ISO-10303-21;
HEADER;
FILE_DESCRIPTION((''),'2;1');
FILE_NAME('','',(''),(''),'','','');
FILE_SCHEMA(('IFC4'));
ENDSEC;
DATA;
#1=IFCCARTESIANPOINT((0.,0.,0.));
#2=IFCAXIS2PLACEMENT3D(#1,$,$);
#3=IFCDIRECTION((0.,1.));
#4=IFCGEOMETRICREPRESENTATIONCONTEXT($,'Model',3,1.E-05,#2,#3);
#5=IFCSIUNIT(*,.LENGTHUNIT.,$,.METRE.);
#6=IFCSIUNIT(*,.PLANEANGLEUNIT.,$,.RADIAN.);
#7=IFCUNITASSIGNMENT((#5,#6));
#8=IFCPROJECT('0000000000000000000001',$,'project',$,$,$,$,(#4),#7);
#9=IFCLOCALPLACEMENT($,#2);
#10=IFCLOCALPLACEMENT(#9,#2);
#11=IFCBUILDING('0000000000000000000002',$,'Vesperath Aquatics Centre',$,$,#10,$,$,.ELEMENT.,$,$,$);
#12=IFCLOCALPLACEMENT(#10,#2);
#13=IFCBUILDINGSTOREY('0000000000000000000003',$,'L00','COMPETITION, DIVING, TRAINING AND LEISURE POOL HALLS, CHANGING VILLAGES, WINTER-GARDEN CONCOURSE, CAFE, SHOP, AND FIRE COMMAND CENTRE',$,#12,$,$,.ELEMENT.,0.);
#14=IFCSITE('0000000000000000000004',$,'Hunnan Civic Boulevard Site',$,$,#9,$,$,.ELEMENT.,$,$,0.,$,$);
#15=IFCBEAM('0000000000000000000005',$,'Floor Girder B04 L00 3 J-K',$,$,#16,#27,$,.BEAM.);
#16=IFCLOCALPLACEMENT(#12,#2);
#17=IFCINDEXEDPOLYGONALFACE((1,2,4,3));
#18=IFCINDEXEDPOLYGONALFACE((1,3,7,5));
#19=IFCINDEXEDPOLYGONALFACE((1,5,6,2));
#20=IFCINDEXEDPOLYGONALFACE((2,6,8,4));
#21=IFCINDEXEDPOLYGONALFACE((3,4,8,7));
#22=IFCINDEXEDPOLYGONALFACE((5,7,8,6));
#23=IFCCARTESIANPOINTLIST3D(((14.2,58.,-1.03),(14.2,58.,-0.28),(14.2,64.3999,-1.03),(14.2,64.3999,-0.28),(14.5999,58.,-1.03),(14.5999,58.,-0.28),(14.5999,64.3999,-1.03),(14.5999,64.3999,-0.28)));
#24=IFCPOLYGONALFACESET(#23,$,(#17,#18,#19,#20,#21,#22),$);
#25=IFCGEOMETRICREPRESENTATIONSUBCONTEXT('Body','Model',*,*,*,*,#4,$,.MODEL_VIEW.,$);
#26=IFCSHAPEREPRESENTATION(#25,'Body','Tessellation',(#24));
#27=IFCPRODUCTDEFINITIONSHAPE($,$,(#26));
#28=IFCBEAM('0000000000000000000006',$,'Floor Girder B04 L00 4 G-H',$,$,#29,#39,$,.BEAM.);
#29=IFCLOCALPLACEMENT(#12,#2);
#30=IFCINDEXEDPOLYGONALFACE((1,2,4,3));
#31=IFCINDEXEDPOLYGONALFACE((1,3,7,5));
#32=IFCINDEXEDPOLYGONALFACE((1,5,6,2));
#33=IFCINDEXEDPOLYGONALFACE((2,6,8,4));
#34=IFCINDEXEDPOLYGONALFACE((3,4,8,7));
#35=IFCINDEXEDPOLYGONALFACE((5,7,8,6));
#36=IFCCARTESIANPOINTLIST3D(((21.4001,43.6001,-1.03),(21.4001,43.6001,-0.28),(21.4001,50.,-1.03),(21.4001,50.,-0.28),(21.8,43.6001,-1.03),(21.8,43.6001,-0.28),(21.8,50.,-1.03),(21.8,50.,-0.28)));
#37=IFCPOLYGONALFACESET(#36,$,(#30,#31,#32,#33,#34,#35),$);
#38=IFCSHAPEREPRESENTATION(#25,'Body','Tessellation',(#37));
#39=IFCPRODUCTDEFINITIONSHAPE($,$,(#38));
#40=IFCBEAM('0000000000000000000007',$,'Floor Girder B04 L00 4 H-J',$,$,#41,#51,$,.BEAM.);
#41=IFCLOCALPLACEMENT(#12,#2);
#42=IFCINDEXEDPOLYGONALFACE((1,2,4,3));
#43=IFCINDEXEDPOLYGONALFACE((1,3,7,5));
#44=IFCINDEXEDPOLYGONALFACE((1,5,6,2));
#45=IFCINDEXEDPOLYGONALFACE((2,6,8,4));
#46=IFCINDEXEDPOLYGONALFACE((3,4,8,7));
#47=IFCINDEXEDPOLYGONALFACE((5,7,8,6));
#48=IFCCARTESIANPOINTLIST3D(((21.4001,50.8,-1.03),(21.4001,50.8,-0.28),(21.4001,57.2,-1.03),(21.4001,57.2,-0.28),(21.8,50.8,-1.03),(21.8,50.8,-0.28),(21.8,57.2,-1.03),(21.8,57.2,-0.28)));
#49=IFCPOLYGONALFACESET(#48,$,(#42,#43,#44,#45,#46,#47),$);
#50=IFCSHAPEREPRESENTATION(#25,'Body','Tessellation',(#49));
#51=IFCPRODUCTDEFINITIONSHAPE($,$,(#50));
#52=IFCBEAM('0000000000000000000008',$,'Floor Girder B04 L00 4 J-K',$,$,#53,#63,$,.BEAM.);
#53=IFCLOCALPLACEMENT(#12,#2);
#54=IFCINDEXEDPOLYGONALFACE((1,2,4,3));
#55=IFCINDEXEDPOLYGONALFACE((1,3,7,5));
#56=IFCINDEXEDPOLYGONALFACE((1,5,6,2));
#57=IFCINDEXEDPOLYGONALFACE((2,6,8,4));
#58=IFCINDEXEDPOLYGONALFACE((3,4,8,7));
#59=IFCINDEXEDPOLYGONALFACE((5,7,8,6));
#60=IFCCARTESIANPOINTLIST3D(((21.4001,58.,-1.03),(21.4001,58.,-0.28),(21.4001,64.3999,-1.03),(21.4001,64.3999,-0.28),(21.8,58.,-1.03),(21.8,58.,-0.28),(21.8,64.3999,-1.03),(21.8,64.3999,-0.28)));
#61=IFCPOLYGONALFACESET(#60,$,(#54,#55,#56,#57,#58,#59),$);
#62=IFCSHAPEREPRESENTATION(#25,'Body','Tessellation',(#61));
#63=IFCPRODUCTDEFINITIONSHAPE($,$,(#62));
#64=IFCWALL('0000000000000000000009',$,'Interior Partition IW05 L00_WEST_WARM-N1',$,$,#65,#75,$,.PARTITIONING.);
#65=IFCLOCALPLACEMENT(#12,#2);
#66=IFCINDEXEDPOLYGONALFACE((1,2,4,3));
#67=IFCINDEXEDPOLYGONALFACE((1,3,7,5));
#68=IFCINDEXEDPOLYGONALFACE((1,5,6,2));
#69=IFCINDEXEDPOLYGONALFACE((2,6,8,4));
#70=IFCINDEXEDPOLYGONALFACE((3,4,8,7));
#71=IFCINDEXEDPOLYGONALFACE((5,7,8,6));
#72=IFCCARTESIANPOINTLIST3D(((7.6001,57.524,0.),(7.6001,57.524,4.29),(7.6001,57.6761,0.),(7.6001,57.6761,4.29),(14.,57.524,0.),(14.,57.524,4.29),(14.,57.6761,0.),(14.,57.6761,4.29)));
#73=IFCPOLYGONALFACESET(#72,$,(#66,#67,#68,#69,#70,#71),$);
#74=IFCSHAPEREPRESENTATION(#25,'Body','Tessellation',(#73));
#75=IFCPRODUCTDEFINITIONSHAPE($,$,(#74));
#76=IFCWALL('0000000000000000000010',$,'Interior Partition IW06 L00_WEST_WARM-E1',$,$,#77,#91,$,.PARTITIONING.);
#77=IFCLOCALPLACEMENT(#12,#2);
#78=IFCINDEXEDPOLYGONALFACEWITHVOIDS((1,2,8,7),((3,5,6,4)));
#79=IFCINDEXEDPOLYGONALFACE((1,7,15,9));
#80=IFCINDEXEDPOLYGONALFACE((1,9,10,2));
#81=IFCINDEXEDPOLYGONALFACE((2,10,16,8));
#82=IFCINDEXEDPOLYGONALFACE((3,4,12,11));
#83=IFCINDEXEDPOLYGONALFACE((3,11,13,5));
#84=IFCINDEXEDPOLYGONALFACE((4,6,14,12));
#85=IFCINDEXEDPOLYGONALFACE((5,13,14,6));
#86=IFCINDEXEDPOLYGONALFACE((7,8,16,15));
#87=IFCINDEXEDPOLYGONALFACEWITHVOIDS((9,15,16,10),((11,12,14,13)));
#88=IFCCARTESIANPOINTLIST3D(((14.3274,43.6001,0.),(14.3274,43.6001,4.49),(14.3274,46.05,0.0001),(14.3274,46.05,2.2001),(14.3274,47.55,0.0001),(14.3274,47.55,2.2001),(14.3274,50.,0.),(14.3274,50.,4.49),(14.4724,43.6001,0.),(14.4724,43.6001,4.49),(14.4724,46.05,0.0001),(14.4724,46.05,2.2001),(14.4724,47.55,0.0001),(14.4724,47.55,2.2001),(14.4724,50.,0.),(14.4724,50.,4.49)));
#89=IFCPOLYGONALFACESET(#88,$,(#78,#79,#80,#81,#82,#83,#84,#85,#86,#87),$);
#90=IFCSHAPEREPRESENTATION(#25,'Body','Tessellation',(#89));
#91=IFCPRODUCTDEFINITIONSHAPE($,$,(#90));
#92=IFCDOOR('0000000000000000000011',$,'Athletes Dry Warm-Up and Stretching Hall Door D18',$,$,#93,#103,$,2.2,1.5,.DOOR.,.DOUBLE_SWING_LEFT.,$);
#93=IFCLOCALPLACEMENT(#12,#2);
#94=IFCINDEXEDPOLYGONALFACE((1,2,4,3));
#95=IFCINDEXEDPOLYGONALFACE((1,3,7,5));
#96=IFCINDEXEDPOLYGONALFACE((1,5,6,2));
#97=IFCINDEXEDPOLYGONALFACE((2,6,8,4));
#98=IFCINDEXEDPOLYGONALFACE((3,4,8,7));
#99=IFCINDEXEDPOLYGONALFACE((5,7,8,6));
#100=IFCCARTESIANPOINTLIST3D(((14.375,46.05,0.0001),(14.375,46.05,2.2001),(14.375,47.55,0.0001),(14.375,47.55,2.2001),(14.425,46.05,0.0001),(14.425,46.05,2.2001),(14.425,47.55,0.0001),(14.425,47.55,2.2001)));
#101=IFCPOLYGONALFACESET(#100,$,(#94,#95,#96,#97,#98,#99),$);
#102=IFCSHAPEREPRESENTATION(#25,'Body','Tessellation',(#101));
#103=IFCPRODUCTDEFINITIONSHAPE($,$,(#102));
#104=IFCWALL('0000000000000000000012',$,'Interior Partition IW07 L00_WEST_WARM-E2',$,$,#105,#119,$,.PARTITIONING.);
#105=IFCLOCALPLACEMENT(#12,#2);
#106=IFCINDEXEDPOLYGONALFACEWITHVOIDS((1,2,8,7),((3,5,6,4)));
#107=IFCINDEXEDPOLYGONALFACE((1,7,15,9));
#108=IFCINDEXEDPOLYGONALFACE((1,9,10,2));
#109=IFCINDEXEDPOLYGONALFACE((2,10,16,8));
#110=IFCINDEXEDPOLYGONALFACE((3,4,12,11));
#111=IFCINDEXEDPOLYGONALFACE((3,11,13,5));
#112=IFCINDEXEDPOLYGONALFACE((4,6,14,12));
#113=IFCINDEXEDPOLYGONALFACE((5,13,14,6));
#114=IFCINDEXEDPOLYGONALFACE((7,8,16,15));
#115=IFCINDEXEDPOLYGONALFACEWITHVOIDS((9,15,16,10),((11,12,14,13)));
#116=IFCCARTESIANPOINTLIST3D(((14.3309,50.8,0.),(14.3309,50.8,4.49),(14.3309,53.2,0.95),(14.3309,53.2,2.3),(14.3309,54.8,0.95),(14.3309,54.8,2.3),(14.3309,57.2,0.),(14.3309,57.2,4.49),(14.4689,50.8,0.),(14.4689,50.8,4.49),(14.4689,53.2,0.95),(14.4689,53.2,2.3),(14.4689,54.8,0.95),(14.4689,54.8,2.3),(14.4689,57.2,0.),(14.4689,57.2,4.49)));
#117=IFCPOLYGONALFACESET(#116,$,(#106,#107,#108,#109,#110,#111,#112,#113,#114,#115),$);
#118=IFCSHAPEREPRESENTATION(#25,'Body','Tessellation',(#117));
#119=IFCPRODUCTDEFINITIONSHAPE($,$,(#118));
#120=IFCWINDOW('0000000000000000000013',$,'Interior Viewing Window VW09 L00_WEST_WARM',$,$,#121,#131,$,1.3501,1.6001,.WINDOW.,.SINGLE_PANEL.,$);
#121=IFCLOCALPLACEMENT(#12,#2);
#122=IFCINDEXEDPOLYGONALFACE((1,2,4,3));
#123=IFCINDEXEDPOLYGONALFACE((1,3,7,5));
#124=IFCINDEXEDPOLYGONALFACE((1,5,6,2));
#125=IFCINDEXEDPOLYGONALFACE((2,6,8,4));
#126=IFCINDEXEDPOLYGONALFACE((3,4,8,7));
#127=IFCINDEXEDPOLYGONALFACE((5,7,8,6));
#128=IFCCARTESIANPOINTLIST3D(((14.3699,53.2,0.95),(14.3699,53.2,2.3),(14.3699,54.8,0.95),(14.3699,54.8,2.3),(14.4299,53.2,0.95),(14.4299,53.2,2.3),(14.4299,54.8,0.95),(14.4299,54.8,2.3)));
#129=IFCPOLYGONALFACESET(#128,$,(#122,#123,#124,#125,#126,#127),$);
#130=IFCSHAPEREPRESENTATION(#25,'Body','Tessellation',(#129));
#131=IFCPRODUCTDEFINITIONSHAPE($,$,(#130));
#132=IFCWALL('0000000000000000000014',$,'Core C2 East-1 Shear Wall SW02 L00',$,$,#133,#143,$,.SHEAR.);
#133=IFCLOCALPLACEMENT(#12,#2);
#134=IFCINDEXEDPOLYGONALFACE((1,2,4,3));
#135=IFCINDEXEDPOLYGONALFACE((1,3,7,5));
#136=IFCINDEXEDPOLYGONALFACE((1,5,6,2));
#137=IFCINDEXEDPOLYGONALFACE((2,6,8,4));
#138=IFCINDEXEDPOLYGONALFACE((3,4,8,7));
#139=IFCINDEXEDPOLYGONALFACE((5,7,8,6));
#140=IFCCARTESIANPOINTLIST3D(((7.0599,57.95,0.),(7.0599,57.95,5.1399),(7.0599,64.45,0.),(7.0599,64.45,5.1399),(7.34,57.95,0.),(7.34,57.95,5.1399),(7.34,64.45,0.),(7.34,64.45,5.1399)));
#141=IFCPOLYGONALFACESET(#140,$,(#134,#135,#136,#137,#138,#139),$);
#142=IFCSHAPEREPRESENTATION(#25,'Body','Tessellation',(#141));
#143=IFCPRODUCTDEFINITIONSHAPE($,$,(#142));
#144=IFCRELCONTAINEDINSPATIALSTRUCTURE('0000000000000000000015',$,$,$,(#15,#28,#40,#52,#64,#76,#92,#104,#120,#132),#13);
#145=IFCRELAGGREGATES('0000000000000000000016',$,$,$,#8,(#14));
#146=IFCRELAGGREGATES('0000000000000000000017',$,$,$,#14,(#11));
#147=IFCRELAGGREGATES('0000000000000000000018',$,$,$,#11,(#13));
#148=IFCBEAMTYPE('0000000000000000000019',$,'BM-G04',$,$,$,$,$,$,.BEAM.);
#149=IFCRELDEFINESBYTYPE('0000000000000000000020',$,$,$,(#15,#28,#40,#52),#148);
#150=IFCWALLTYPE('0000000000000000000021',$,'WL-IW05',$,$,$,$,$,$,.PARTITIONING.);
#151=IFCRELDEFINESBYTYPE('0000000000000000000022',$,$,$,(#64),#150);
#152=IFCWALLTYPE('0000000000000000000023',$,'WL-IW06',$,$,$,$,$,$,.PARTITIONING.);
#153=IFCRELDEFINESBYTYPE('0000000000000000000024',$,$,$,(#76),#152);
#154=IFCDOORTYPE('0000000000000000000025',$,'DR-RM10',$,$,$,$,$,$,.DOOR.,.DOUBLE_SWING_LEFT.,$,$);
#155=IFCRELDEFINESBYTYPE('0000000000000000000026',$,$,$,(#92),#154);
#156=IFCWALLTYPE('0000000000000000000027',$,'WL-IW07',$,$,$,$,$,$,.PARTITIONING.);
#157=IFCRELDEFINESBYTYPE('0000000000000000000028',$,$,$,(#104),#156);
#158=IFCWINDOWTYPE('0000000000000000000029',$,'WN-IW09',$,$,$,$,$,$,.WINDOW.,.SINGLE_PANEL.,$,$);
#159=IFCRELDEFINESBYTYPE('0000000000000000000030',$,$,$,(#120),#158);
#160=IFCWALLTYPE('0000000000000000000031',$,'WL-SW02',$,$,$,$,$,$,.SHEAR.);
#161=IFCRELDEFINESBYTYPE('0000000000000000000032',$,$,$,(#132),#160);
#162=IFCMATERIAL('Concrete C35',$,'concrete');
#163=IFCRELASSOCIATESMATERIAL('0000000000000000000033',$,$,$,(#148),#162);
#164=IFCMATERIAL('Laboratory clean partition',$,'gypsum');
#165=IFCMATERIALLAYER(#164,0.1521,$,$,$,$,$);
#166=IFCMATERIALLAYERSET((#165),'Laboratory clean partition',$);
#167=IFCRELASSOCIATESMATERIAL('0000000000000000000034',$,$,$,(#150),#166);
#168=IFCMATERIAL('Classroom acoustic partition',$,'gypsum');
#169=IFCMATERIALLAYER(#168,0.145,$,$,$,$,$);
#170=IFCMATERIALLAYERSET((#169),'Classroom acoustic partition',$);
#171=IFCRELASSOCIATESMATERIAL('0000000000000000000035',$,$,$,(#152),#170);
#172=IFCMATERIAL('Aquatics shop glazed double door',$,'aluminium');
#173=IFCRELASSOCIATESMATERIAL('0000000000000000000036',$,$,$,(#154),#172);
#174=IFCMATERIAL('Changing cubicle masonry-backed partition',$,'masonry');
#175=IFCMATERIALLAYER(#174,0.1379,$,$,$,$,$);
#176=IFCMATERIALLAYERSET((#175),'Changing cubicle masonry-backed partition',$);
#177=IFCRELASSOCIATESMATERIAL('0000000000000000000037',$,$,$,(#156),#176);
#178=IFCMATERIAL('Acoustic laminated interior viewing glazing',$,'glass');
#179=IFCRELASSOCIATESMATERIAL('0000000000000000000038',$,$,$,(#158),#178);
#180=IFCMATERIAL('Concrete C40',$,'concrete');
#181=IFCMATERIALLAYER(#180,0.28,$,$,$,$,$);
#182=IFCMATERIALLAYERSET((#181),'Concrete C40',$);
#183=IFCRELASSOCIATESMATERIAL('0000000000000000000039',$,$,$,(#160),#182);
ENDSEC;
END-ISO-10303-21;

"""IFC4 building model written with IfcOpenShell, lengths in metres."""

from ifc_helpers import new_model, si_unit, direction, frame, frame_2d, origin, origin_2d, place, context, subcontext, project, spatial, rectangle, extrude, material, layer, layer_set, material_profile, profile_set, type_object, element, fill, save


model = new_model("IFC4")

# Units and contexts
model_context = context("Model", 3, precision=1e-05, world=origin(), true_north=direction((0.0, 1.0)))
body_context = subcontext(model_context, "Body", "Model", "MODEL_VIEW")
ifc_project = project(units=[si_unit("LENGTHUNIT", "METRE"), si_unit("PLANEANGLEUNIT", "RADIAN")], contexts=[model_context])

# Site, building, storey
site_placement = place(None, origin())
site = spatial("IfcSite", under=ifc_project, at=site_placement, Name="Hunnan Civic Boulevard Site", CompositionType="ELEMENT", RefElevation=0.0)
building_placement = place(site_placement, origin())
building = spatial("IfcBuilding", under=site, at=building_placement, Name="Vesperath Aquatics Centre", CompositionType="ELEMENT")
storey_placement = place(building_placement, origin())
storey = spatial("IfcBuildingStorey", under=building, at=storey_placement, Name="L00", Description="COMPETITION, DIVING, TRAINING AND LEISURE POOL HALLS, CHANGING VILLAGES, WINTER-GARDEN CONCOURSE, CAFE, SHOP, AND FIRE COMMAND CENTRE", CompositionType="ELEMENT", Elevation=0.0)

# Shared definitions
ifc_material_1 = material(Name="Concrete C40", Category="concrete")

# Beams
ifc_material_2 = material(Name="Concrete C35", Category="concrete")
ifc_material_profile_1 = material_profile(ifc_material_2, rectangle(XDim=0.3999, YDim=0.75, at=origin_2d()), Name="RC 400x750")
ifc_profile_set_1 = profile_set([ifc_material_profile_1], Name="Concrete C35")
beam_type_1 = type_object("IfcBeamType", Name="BM-G04", PredefinedType="BEAM", material=ifc_profile_set_1)
for number, where, z_axis, x_axis, name in (
    (1, (14.3999, 58.0, -0.655), (0.0, 1.0, 0.0), (-1.0, 0.0, 0.0), "Floor Girder B04 L00 3 J-K"),
    (2, (21.6001, 43.6001, -0.655), (0.0, 1.0, 0.0), (-1.0, 0.0, 0.0), "Floor Girder B04 L00 4 G-H"),
    (3, (21.6001, 50.8, -0.655), (0.0, 1.0, 0.0), (-1.0, 0.0, 0.0), "Floor Girder B04 L00 4 H-J"),
    (4, (21.6001, 58.0, -0.655), (0.0, 1.0, 0.0), (-1.0, 0.0, 0.0), "Floor Girder B04 L00 4 J-K"),
):
    element("IfcBeam", number, at=place(storey_placement, frame(where, z_axis=z_axis, x_axis=x_axis)), inside=storey, type_object=beam_type_1, Name=name, PredefinedType="BEAM", context=body_context, shape_type="SweptSolid", body=[
        extrude(rectangle(XDim=0.3999, YDim=0.75, at=origin_2d()), origin(), (0.0, 0.0, 1.0), 6.3999),
    ])

# Wall
ifc_material_3 = material(Name="Laboratory clean partition", Category="gypsum")
ifc_layer_1 = layer(ifc_material_3, 0.1521)
ifc_layer_set_1 = layer_set([ifc_layer_1], Name="Laboratory clean partition")
wall_type_1 = type_object("IfcWallType", Name="WL-IW05", PredefinedType="PARTITIONING", material=ifc_layer_set_1)
wall_1_placement = place(storey_placement, frame((7.6001, 57.6001, 0.0), z_axis=(0.0, 0.0, 1.0), x_axis=(1.0, 0.0, 0.0)))
element("IfcWall", 5, at=wall_1_placement, inside=storey, type_object=wall_type_1, Name="Interior Partition IW05 L00_WEST_WARM-N1", PredefinedType="PARTITIONING", context=body_context, shape_type="SweptSolid", body=[
    extrude(rectangle(XDim=6.3999, YDim=0.1521, at=frame_2d((3.2, 0.0))), origin(), (0.0, 0.0, 1.0), 4.29),
])

# Wall, opening, door
ifc_material_4 = material(Name="Classroom acoustic partition", Category="gypsum")
ifc_layer_2 = layer(ifc_material_4, 0.145)
ifc_layer_set_2 = layer_set([ifc_layer_2], Name="Classroom acoustic partition")
wall_type_2 = type_object("IfcWallType", Name="WL-IW06", PredefinedType="PARTITIONING", material=ifc_layer_set_2)
wall_2_placement = place(storey_placement, frame((14.3999, 43.6001, 0.0), z_axis=(0.0, 0.0, 1.0), x_axis=(0.0, 1.0, 0.0)))
wall_2 = element("IfcWall", 6, at=wall_2_placement, inside=storey, type_object=wall_type_2, Name="Interior Partition IW06 L00_WEST_WARM-E1", PredefinedType="PARTITIONING", context=body_context, shape_type="SweptSolid", body=[
    extrude(rectangle(XDim=6.3999, YDim=0.145, at=frame_2d((3.2, 0.0))), origin(), (0.0, 0.0, 1.0), 4.49),
])
opening_1_placement = place(wall_2_placement, frame((2.45, 0.0, 0.0)))
opening_1 = element("IfcOpeningElement", 7, at=opening_1_placement, cuts=wall_2, PredefinedType="OPENING", context=body_context, shape_type="SweptSolid", body=[
    extrude(rectangle(XDim=1.5, YDim=2.2, at=frame_2d((0.75, 1.1001))), frame((0.0, 0.0874, 0.0), z_axis=(0.0, -1.0, 0.0), x_axis=(1.0, 0.0, 0.0)), (0.0, 0.0, 1.0), 0.1748),
])
ifc_material_5 = material(Name="Aquatics shop glazed double door", Category="aluminium")
door_type = type_object("IfcDoorType", Name="DR-RM10", OperationType="DOUBLE_SWING_LEFT", PredefinedType="DOOR", material=ifc_material_5)
door_placement = place(opening_1_placement, origin())
door = element("IfcDoor", 8, at=door_placement, inside=storey, type_object=door_type, Name="Athletes Dry Warm-Up and Stretching Hall Door D18", OperationType="DOUBLE_SWING_LEFT", OverallHeight=2.2, OverallWidth=1.5, PredefinedType="DOOR", context=body_context, shape_type="SweptSolid", body=[
    extrude(rectangle(XDim=1.5, YDim=2.2, at=frame_2d((0.75, 1.1001))), frame((0.0, 0.0249, 0.0), z_axis=(0.0, -1.0, 0.0), x_axis=(1.0, 0.0, 0.0)), (0.0, 0.0, 1.0), 0.05),
])
fill(opening_1, door)

# Wall, opening, window
ifc_material_6 = material(Name="Changing cubicle masonry-backed partition", Category="masonry")
ifc_layer_3 = layer(ifc_material_6, 0.1379)
ifc_layer_set_3 = layer_set([ifc_layer_3], Name="Changing cubicle masonry-backed partition")
wall_type_3 = type_object("IfcWallType", Name="WL-IW07", PredefinedType="PARTITIONING", material=ifc_layer_set_3)
wall_3_placement = place(storey_placement, frame((14.3999, 50.8, 0.0), z_axis=(0.0, 0.0, 1.0), x_axis=(0.0, 1.0, 0.0)))
wall_3 = element("IfcWall", 9, at=wall_3_placement, inside=storey, type_object=wall_type_3, Name="Interior Partition IW07 L00_WEST_WARM-E2", PredefinedType="PARTITIONING", context=body_context, shape_type="SweptSolid", body=[
    extrude(rectangle(XDim=6.3999, YDim=0.1379, at=frame_2d((3.2, 0.0))), origin(), (0.0, 0.0, 1.0), 4.49),
])
opening_2_placement = place(wall_3_placement, frame((2.3999, 0.0, 0.95)))
opening_2 = element("IfcOpeningElement", 10, at=opening_2_placement, cuts=wall_3, PredefinedType="OPENING", context=body_context, shape_type="SweptSolid", body=[
    extrude(rectangle(XDim=1.6001, YDim=1.3501, at=frame_2d((0.8, 0.675))), frame((0.0, 0.084, 0.0), z_axis=(0.0, -1.0, 0.0), x_axis=(1.0, 0.0, 0.0)), (0.0, 0.0, 1.0), 0.1677),
])
ifc_material_7 = material(Name="Acoustic laminated interior viewing glazing", Category="glass")
window_type = type_object("IfcWindowType", Name="WN-IW09", PartitioningType="SINGLE_PANEL", PredefinedType="WINDOW", material=ifc_material_7)
window_placement = place(opening_2_placement, origin())
window = element("IfcWindow", 11, at=window_placement, inside=storey, type_object=window_type, Name="Interior Viewing Window VW09 L00_WEST_WARM", OverallHeight=1.3501, OverallWidth=1.6001, PartitioningType="SINGLE_PANEL", PredefinedType="WINDOW", context=body_context, shape_type="SweptSolid", body=[
    extrude(rectangle(XDim=1.6001, YDim=1.3501, at=frame_2d((0.8, 0.675))), frame((0.0, 0.03, 0.0), z_axis=(0.0, -1.0, 0.0), x_axis=(1.0, 0.0, 0.0)), (0.0, 0.0, 1.0), 0.0601),
])
fill(opening_2, window)

# Wall
ifc_layer_4 = layer(ifc_material_1, 0.28)
ifc_layer_set_4 = layer_set([ifc_layer_4], Name="Concrete C40")
wall_type_4 = type_object("IfcWallType", Name="WL-SW02", PredefinedType="SHEAR", material=ifc_layer_set_4)
wall_4_placement = place(storey_placement, frame((7.2, 57.95, 0.0), z_axis=(0.0, 0.0, 1.0), x_axis=(0.0, 1.0, 0.0)))
element("IfcWall", 12, at=wall_4_placement, inside=storey, type_object=wall_type_4, Name="Core C2 East-1 Shear Wall SW02 L00", PredefinedType="SHEAR", context=body_context, shape_type="SweptSolid", body=[
    extrude(rectangle(XDim=6.5, YDim=0.28, at=frame_2d((3.25, 0.0))), origin(), (0.0, 0.0, 1.0), 5.1399),
])

save(model, "model.ifc")
